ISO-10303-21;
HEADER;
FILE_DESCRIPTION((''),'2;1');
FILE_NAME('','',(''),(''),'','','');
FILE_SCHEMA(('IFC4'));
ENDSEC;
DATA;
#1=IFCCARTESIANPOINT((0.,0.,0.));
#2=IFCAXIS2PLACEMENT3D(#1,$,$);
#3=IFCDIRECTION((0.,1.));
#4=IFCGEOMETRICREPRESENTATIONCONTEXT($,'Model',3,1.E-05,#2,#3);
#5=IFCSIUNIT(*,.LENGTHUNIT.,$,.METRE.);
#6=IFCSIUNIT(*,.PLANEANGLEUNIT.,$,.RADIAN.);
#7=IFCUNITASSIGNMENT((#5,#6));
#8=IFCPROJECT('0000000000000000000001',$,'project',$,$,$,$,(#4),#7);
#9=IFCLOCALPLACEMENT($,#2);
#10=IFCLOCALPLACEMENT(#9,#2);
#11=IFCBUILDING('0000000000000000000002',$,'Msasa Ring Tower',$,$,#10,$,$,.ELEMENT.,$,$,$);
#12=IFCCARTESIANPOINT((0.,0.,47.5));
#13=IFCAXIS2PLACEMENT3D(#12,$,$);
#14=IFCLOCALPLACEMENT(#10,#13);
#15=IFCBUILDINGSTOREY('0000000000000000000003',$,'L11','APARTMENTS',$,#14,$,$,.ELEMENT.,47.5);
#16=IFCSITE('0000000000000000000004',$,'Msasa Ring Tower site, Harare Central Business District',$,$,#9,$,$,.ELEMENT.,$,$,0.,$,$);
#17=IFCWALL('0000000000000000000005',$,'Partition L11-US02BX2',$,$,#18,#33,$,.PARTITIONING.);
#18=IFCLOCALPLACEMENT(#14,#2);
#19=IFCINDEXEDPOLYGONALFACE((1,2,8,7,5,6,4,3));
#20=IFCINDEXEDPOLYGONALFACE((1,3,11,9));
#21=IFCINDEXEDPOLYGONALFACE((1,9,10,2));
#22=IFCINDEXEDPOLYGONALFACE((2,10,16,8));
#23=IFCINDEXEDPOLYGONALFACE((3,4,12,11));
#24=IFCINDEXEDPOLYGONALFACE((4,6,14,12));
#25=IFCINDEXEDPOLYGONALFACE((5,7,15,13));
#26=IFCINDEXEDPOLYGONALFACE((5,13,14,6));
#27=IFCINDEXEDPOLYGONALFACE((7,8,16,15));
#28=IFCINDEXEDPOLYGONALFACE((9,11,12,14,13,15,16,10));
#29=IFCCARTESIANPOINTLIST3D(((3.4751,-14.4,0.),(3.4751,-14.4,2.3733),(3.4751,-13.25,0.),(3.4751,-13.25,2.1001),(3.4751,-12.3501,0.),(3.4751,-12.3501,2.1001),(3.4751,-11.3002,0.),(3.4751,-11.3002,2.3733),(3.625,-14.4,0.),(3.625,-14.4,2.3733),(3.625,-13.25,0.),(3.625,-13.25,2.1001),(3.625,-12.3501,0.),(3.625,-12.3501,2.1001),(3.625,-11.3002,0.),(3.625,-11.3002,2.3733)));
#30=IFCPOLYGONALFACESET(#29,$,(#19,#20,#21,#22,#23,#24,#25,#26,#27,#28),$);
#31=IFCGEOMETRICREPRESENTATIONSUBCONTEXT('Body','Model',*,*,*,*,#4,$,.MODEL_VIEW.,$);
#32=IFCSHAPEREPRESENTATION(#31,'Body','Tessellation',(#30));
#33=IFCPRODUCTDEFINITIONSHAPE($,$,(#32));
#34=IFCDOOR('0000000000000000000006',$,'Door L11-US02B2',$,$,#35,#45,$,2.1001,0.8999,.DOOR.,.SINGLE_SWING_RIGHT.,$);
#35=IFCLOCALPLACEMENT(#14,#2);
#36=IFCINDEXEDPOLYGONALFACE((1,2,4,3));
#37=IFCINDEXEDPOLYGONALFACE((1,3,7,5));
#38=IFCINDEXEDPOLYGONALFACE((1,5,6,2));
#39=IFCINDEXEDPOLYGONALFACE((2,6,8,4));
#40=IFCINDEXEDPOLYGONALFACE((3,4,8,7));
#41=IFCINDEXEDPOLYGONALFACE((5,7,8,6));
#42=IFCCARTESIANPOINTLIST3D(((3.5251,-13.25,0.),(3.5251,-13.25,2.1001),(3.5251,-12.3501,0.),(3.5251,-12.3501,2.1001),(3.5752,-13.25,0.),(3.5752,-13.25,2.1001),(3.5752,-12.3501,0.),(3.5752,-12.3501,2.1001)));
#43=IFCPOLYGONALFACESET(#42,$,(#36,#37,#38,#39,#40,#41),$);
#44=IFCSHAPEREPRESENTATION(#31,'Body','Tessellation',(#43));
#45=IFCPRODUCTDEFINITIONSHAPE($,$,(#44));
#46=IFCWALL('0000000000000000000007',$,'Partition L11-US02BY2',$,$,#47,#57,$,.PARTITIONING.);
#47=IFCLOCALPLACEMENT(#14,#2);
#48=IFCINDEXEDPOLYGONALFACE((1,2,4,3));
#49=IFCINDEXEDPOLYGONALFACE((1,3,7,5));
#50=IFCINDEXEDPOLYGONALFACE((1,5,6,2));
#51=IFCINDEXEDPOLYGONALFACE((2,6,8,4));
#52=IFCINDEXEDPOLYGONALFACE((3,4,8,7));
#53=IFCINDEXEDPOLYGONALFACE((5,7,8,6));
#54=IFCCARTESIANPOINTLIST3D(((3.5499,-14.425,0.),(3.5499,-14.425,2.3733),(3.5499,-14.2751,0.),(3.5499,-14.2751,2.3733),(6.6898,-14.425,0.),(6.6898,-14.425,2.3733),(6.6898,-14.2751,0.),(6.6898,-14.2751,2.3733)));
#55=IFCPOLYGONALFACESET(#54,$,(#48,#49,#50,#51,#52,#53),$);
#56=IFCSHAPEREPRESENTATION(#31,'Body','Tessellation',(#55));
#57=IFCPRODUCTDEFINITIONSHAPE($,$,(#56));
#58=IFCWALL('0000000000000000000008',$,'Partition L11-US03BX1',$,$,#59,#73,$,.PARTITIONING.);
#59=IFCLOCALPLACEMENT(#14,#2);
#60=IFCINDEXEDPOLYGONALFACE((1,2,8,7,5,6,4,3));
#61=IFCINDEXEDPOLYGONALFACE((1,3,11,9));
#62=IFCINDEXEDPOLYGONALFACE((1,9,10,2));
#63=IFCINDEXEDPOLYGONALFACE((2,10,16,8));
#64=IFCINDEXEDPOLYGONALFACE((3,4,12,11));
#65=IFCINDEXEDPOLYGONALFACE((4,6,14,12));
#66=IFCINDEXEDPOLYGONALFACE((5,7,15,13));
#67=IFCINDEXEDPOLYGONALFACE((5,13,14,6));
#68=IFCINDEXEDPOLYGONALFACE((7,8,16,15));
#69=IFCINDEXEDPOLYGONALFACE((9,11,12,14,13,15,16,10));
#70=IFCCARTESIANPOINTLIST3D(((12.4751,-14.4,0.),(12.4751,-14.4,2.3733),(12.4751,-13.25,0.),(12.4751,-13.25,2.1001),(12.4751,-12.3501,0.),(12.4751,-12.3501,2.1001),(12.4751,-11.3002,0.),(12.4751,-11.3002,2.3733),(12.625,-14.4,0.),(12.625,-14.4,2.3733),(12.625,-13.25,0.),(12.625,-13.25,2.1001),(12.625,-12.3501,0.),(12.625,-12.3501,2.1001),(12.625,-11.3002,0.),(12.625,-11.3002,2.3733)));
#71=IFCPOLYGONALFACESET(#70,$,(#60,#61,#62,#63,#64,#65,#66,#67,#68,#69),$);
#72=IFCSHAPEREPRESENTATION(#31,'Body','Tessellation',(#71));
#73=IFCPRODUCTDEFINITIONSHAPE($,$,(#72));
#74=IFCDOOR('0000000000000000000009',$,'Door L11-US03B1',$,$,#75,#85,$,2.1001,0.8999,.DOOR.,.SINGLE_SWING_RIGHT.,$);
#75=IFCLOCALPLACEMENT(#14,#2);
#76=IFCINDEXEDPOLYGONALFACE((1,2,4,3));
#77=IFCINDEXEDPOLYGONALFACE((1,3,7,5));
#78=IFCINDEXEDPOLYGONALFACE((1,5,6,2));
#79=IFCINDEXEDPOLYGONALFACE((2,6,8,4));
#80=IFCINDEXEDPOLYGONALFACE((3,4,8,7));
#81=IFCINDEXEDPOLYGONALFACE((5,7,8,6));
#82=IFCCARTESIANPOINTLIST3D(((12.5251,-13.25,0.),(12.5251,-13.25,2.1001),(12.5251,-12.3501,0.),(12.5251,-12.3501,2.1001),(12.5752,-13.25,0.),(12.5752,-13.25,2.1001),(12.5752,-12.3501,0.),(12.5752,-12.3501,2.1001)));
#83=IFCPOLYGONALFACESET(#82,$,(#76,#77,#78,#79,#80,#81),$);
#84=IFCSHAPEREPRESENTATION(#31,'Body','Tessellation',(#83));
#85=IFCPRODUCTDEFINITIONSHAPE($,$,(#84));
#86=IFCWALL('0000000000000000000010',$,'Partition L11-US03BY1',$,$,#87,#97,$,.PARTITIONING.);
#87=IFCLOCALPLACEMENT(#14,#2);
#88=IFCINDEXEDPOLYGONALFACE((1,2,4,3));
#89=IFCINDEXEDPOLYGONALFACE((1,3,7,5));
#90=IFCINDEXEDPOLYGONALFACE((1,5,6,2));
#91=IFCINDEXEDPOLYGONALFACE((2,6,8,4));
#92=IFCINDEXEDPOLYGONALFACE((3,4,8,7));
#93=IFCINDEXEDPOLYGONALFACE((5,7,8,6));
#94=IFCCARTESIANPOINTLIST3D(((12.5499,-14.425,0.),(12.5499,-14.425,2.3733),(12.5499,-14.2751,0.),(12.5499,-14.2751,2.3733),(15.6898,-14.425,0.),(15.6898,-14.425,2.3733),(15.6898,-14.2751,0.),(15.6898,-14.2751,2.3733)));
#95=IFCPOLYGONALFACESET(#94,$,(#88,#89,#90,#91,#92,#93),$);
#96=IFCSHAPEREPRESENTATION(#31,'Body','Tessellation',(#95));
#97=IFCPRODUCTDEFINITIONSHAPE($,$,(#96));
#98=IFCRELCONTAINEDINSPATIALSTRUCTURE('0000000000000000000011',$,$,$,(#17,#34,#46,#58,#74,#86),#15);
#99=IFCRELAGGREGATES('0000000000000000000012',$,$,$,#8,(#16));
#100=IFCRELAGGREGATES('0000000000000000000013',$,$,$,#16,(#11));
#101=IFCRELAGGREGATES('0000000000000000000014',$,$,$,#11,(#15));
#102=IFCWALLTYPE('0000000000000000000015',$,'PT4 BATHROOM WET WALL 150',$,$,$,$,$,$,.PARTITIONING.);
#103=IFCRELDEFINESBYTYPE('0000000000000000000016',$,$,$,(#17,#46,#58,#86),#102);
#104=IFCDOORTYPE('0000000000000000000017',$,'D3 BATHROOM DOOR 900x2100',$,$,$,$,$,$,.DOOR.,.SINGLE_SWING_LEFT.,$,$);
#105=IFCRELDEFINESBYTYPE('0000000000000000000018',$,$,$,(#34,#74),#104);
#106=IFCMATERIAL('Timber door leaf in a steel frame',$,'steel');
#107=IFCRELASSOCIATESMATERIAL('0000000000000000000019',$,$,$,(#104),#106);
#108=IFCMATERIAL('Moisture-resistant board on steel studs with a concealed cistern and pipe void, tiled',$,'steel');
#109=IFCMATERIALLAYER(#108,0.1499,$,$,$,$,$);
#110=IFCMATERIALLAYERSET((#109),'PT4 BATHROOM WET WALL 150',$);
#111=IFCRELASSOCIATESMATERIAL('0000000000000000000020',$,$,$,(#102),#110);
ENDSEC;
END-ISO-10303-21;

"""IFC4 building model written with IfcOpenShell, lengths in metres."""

from ifc_helpers import new_model, si_unit, direction, frame, frame_2d, origin, place, context, subcontext, project, spatial, rectangle, extrude, material, layer, layer_set, type_object, element, fill, save


model = new_model("IFC4")

# Units and contexts
model_context = context("Model", 3, precision=1e-05, world=origin(), true_north=direction((0.0, 1.0)))
body_context = subcontext(model_context, "Body", "Model", "MODEL_VIEW")
ifc_project = project(units=[si_unit("LENGTHUNIT", "METRE"), si_unit("PLANEANGLEUNIT", "RADIAN")], contexts=[model_context])

# Site, building, storey
site_placement = place(None, origin())
site = spatial("IfcSite", under=ifc_project, at=site_placement, Name="Msasa Ring Tower site, Harare Central Business District", CompositionType="ELEMENT", RefElevation=0.0)
building_placement = place(site_placement, origin())
building = spatial("IfcBuilding", under=site, at=building_placement, Name="Msasa Ring Tower", CompositionType="ELEMENT")
storey_placement = place(building_placement, frame((0.0, 0.0, 47.5)))
storey = spatial("IfcBuildingStorey", under=building, at=storey_placement, Name="L11", Description="APARTMENTS", CompositionType="ELEMENT", Elevation=47.5)

# Shared definitions
ifc_material_1 = material(Name="Timber door leaf in a steel frame", Category="steel")
door_type_1 = type_object("IfcDoorType", Name="D3 BATHROOM DOOR 900x2100", OperationType="SINGLE_SWING_LEFT", PredefinedType="DOOR", material=ifc_material_1)

# Wall, opening, door
ifc_material_2 = material(Name="Moisture-resistant board on steel studs with a concealed cistern and pipe void, tiled", Category="steel")
ifc_layer_1 = layer(ifc_material_2, 0.1499)
ifc_layer_set_1 = layer_set([ifc_layer_1], Name="PT4 BATHROOM WET WALL 150")
wall_type_1 = type_object("IfcWallType", Name="PT4 BATHROOM WET WALL 150", PredefinedType="PARTITIONING", material=ifc_layer_set_1)
wall_1_placement = place(storey_placement, frame((3.55, -14.3999, 0.0), z_axis=(0.0, 0.0, 1.0), x_axis=(0.0, 1.0, 0.0)))
wall_1 = element("IfcWall", 1, at=wall_1_placement, inside=storey, type_object=wall_type_1, Name="Partition L11-US02BX2", PredefinedType="PARTITIONING", context=body_context, shape_type="SweptSolid", body=[
    extrude(rectangle(XDim=3.0999, YDim=0.1499, at=frame_2d((1.5498, 0.0))), origin(), (0.0, 0.0, 1.0), 2.3733),
])
opening_1_placement = place(wall_1_placement, frame((1.1499, 0.0, 0.0)))
opening_1 = element("IfcOpeningElement", 2, at=opening_1_placement, cuts=wall_1, PredefinedType="OPENING", context=body_context, shape_type="SweptSolid", body=[
    extrude(rectangle(XDim=0.8999, YDim=2.1001, at=frame_2d((0.45, 1.05))), frame((0.0, 0.085, 0.0), z_axis=(0.0, -1.0, 0.0), x_axis=(1.0, 0.0, 0.0)), (0.0, 0.0, 1.0), 0.1699),
])
door_1_placement = place(opening_1_placement, origin())
door_1 = element("IfcDoor", 3, at=door_1_placement, inside=storey, type_object=door_type_1, Name="Door L11-US02B2", OperationType="SINGLE_SWING_RIGHT", OverallHeight=2.1001, OverallWidth=0.8999, PredefinedType="DOOR", context=body_context, shape_type="SweptSolid", body=[
    extrude(rectangle(XDim=0.8999, YDim=2.1001, at=frame_2d((0.45, 1.05))), frame((0.0, 0.0249, 0.0), z_axis=(0.0, -1.0, 0.0), x_axis=(1.0, 0.0, 0.0)), (0.0, 0.0, 1.0), 0.05),
])
fill(opening_1, door_1)

# Wall
wall_2_placement = place(storey_placement, frame((3.55, -14.3501, 0.0), z_axis=(0.0, 0.0, 1.0), x_axis=(1.0, 0.0, 0.0)))
element("IfcWall", 4, at=wall_2_placement, inside=storey, type_object=wall_type_1, Name="Partition L11-US02BY2", PredefinedType="PARTITIONING", context=body_context, shape_type="SweptSolid", body=[
    extrude(rectangle(XDim=3.1399, YDim=0.1499, at=frame_2d((1.5698, 0.0))), origin(), (0.0, 0.0, 1.0), 2.3733),
])

# Wall, opening, door
wall_3_placement = place(storey_placement, frame((12.55, -14.3999, 0.0), z_axis=(0.0, 0.0, 1.0), x_axis=(0.0, 1.0, 0.0)))
wall_3 = element("IfcWall", 5, at=wall_3_placement, inside=storey, type_object=wall_type_1, Name="Partition L11-US03BX1", PredefinedType="PARTITIONING", context=body_context, shape_type="SweptSolid", body=[
    extrude(rectangle(XDim=3.0999, YDim=0.1499, at=frame_2d((1.5498, 0.0))), origin(), (0.0, 0.0, 1.0), 2.3733),
])
opening_2_placement = place(wall_3_placement, frame((1.1499, 0.0, 0.0)))
opening_2 = element("IfcOpeningElement", 6, at=opening_2_placement, cuts=wall_3, PredefinedType="OPENING", context=body_context, shape_type="SweptSolid", body=[
    extrude(rectangle(XDim=0.8999, YDim=2.1001, at=frame_2d((0.45, 1.05))), frame((0.0, 0.085, 0.0), z_axis=(0.0, -1.0, 0.0), x_axis=(1.0, 0.0, 0.0)), (0.0, 0.0, 1.0), 0.1699),
])
door_2_placement = place(opening_2_placement, origin())
door_2 = element("IfcDoor", 7, at=door_2_placement, inside=storey, type_object=door_type_1, Name="Door L11-US03B1", OperationType="SINGLE_SWING_RIGHT", OverallHeight=2.1001, OverallWidth=0.8999, PredefinedType="DOOR", context=body_context, shape_type="SweptSolid", body=[
    extrude(rectangle(XDim=0.8999, YDim=2.1001, at=frame_2d((0.45, 1.05))), frame((0.0, 0.0249, 0.0), z_axis=(0.0, -1.0, 0.0), x_axis=(1.0, 0.0, 0.0)), (0.0, 0.0, 1.0), 0.05),
])
fill(opening_2, door_2)

# Wall
wall_4_placement = place(storey_placement, frame((12.55, -14.3501, 0.0), z_axis=(0.0, 0.0, 1.0), x_axis=(1.0, 0.0, 0.0)))
element("IfcWall", 8, at=wall_4_placement, inside=storey, type_object=wall_type_1, Name="Partition L11-US03BY1", PredefinedType="PARTITIONING", context=body_context, shape_type="SweptSolid", body=[
    extrude(rectangle(XDim=3.1399, YDim=0.1499, at=frame_2d((1.5698, 0.0))), origin(), (0.0, 0.0, 1.0), 2.3733),
])

save(model, "model.ifc")
